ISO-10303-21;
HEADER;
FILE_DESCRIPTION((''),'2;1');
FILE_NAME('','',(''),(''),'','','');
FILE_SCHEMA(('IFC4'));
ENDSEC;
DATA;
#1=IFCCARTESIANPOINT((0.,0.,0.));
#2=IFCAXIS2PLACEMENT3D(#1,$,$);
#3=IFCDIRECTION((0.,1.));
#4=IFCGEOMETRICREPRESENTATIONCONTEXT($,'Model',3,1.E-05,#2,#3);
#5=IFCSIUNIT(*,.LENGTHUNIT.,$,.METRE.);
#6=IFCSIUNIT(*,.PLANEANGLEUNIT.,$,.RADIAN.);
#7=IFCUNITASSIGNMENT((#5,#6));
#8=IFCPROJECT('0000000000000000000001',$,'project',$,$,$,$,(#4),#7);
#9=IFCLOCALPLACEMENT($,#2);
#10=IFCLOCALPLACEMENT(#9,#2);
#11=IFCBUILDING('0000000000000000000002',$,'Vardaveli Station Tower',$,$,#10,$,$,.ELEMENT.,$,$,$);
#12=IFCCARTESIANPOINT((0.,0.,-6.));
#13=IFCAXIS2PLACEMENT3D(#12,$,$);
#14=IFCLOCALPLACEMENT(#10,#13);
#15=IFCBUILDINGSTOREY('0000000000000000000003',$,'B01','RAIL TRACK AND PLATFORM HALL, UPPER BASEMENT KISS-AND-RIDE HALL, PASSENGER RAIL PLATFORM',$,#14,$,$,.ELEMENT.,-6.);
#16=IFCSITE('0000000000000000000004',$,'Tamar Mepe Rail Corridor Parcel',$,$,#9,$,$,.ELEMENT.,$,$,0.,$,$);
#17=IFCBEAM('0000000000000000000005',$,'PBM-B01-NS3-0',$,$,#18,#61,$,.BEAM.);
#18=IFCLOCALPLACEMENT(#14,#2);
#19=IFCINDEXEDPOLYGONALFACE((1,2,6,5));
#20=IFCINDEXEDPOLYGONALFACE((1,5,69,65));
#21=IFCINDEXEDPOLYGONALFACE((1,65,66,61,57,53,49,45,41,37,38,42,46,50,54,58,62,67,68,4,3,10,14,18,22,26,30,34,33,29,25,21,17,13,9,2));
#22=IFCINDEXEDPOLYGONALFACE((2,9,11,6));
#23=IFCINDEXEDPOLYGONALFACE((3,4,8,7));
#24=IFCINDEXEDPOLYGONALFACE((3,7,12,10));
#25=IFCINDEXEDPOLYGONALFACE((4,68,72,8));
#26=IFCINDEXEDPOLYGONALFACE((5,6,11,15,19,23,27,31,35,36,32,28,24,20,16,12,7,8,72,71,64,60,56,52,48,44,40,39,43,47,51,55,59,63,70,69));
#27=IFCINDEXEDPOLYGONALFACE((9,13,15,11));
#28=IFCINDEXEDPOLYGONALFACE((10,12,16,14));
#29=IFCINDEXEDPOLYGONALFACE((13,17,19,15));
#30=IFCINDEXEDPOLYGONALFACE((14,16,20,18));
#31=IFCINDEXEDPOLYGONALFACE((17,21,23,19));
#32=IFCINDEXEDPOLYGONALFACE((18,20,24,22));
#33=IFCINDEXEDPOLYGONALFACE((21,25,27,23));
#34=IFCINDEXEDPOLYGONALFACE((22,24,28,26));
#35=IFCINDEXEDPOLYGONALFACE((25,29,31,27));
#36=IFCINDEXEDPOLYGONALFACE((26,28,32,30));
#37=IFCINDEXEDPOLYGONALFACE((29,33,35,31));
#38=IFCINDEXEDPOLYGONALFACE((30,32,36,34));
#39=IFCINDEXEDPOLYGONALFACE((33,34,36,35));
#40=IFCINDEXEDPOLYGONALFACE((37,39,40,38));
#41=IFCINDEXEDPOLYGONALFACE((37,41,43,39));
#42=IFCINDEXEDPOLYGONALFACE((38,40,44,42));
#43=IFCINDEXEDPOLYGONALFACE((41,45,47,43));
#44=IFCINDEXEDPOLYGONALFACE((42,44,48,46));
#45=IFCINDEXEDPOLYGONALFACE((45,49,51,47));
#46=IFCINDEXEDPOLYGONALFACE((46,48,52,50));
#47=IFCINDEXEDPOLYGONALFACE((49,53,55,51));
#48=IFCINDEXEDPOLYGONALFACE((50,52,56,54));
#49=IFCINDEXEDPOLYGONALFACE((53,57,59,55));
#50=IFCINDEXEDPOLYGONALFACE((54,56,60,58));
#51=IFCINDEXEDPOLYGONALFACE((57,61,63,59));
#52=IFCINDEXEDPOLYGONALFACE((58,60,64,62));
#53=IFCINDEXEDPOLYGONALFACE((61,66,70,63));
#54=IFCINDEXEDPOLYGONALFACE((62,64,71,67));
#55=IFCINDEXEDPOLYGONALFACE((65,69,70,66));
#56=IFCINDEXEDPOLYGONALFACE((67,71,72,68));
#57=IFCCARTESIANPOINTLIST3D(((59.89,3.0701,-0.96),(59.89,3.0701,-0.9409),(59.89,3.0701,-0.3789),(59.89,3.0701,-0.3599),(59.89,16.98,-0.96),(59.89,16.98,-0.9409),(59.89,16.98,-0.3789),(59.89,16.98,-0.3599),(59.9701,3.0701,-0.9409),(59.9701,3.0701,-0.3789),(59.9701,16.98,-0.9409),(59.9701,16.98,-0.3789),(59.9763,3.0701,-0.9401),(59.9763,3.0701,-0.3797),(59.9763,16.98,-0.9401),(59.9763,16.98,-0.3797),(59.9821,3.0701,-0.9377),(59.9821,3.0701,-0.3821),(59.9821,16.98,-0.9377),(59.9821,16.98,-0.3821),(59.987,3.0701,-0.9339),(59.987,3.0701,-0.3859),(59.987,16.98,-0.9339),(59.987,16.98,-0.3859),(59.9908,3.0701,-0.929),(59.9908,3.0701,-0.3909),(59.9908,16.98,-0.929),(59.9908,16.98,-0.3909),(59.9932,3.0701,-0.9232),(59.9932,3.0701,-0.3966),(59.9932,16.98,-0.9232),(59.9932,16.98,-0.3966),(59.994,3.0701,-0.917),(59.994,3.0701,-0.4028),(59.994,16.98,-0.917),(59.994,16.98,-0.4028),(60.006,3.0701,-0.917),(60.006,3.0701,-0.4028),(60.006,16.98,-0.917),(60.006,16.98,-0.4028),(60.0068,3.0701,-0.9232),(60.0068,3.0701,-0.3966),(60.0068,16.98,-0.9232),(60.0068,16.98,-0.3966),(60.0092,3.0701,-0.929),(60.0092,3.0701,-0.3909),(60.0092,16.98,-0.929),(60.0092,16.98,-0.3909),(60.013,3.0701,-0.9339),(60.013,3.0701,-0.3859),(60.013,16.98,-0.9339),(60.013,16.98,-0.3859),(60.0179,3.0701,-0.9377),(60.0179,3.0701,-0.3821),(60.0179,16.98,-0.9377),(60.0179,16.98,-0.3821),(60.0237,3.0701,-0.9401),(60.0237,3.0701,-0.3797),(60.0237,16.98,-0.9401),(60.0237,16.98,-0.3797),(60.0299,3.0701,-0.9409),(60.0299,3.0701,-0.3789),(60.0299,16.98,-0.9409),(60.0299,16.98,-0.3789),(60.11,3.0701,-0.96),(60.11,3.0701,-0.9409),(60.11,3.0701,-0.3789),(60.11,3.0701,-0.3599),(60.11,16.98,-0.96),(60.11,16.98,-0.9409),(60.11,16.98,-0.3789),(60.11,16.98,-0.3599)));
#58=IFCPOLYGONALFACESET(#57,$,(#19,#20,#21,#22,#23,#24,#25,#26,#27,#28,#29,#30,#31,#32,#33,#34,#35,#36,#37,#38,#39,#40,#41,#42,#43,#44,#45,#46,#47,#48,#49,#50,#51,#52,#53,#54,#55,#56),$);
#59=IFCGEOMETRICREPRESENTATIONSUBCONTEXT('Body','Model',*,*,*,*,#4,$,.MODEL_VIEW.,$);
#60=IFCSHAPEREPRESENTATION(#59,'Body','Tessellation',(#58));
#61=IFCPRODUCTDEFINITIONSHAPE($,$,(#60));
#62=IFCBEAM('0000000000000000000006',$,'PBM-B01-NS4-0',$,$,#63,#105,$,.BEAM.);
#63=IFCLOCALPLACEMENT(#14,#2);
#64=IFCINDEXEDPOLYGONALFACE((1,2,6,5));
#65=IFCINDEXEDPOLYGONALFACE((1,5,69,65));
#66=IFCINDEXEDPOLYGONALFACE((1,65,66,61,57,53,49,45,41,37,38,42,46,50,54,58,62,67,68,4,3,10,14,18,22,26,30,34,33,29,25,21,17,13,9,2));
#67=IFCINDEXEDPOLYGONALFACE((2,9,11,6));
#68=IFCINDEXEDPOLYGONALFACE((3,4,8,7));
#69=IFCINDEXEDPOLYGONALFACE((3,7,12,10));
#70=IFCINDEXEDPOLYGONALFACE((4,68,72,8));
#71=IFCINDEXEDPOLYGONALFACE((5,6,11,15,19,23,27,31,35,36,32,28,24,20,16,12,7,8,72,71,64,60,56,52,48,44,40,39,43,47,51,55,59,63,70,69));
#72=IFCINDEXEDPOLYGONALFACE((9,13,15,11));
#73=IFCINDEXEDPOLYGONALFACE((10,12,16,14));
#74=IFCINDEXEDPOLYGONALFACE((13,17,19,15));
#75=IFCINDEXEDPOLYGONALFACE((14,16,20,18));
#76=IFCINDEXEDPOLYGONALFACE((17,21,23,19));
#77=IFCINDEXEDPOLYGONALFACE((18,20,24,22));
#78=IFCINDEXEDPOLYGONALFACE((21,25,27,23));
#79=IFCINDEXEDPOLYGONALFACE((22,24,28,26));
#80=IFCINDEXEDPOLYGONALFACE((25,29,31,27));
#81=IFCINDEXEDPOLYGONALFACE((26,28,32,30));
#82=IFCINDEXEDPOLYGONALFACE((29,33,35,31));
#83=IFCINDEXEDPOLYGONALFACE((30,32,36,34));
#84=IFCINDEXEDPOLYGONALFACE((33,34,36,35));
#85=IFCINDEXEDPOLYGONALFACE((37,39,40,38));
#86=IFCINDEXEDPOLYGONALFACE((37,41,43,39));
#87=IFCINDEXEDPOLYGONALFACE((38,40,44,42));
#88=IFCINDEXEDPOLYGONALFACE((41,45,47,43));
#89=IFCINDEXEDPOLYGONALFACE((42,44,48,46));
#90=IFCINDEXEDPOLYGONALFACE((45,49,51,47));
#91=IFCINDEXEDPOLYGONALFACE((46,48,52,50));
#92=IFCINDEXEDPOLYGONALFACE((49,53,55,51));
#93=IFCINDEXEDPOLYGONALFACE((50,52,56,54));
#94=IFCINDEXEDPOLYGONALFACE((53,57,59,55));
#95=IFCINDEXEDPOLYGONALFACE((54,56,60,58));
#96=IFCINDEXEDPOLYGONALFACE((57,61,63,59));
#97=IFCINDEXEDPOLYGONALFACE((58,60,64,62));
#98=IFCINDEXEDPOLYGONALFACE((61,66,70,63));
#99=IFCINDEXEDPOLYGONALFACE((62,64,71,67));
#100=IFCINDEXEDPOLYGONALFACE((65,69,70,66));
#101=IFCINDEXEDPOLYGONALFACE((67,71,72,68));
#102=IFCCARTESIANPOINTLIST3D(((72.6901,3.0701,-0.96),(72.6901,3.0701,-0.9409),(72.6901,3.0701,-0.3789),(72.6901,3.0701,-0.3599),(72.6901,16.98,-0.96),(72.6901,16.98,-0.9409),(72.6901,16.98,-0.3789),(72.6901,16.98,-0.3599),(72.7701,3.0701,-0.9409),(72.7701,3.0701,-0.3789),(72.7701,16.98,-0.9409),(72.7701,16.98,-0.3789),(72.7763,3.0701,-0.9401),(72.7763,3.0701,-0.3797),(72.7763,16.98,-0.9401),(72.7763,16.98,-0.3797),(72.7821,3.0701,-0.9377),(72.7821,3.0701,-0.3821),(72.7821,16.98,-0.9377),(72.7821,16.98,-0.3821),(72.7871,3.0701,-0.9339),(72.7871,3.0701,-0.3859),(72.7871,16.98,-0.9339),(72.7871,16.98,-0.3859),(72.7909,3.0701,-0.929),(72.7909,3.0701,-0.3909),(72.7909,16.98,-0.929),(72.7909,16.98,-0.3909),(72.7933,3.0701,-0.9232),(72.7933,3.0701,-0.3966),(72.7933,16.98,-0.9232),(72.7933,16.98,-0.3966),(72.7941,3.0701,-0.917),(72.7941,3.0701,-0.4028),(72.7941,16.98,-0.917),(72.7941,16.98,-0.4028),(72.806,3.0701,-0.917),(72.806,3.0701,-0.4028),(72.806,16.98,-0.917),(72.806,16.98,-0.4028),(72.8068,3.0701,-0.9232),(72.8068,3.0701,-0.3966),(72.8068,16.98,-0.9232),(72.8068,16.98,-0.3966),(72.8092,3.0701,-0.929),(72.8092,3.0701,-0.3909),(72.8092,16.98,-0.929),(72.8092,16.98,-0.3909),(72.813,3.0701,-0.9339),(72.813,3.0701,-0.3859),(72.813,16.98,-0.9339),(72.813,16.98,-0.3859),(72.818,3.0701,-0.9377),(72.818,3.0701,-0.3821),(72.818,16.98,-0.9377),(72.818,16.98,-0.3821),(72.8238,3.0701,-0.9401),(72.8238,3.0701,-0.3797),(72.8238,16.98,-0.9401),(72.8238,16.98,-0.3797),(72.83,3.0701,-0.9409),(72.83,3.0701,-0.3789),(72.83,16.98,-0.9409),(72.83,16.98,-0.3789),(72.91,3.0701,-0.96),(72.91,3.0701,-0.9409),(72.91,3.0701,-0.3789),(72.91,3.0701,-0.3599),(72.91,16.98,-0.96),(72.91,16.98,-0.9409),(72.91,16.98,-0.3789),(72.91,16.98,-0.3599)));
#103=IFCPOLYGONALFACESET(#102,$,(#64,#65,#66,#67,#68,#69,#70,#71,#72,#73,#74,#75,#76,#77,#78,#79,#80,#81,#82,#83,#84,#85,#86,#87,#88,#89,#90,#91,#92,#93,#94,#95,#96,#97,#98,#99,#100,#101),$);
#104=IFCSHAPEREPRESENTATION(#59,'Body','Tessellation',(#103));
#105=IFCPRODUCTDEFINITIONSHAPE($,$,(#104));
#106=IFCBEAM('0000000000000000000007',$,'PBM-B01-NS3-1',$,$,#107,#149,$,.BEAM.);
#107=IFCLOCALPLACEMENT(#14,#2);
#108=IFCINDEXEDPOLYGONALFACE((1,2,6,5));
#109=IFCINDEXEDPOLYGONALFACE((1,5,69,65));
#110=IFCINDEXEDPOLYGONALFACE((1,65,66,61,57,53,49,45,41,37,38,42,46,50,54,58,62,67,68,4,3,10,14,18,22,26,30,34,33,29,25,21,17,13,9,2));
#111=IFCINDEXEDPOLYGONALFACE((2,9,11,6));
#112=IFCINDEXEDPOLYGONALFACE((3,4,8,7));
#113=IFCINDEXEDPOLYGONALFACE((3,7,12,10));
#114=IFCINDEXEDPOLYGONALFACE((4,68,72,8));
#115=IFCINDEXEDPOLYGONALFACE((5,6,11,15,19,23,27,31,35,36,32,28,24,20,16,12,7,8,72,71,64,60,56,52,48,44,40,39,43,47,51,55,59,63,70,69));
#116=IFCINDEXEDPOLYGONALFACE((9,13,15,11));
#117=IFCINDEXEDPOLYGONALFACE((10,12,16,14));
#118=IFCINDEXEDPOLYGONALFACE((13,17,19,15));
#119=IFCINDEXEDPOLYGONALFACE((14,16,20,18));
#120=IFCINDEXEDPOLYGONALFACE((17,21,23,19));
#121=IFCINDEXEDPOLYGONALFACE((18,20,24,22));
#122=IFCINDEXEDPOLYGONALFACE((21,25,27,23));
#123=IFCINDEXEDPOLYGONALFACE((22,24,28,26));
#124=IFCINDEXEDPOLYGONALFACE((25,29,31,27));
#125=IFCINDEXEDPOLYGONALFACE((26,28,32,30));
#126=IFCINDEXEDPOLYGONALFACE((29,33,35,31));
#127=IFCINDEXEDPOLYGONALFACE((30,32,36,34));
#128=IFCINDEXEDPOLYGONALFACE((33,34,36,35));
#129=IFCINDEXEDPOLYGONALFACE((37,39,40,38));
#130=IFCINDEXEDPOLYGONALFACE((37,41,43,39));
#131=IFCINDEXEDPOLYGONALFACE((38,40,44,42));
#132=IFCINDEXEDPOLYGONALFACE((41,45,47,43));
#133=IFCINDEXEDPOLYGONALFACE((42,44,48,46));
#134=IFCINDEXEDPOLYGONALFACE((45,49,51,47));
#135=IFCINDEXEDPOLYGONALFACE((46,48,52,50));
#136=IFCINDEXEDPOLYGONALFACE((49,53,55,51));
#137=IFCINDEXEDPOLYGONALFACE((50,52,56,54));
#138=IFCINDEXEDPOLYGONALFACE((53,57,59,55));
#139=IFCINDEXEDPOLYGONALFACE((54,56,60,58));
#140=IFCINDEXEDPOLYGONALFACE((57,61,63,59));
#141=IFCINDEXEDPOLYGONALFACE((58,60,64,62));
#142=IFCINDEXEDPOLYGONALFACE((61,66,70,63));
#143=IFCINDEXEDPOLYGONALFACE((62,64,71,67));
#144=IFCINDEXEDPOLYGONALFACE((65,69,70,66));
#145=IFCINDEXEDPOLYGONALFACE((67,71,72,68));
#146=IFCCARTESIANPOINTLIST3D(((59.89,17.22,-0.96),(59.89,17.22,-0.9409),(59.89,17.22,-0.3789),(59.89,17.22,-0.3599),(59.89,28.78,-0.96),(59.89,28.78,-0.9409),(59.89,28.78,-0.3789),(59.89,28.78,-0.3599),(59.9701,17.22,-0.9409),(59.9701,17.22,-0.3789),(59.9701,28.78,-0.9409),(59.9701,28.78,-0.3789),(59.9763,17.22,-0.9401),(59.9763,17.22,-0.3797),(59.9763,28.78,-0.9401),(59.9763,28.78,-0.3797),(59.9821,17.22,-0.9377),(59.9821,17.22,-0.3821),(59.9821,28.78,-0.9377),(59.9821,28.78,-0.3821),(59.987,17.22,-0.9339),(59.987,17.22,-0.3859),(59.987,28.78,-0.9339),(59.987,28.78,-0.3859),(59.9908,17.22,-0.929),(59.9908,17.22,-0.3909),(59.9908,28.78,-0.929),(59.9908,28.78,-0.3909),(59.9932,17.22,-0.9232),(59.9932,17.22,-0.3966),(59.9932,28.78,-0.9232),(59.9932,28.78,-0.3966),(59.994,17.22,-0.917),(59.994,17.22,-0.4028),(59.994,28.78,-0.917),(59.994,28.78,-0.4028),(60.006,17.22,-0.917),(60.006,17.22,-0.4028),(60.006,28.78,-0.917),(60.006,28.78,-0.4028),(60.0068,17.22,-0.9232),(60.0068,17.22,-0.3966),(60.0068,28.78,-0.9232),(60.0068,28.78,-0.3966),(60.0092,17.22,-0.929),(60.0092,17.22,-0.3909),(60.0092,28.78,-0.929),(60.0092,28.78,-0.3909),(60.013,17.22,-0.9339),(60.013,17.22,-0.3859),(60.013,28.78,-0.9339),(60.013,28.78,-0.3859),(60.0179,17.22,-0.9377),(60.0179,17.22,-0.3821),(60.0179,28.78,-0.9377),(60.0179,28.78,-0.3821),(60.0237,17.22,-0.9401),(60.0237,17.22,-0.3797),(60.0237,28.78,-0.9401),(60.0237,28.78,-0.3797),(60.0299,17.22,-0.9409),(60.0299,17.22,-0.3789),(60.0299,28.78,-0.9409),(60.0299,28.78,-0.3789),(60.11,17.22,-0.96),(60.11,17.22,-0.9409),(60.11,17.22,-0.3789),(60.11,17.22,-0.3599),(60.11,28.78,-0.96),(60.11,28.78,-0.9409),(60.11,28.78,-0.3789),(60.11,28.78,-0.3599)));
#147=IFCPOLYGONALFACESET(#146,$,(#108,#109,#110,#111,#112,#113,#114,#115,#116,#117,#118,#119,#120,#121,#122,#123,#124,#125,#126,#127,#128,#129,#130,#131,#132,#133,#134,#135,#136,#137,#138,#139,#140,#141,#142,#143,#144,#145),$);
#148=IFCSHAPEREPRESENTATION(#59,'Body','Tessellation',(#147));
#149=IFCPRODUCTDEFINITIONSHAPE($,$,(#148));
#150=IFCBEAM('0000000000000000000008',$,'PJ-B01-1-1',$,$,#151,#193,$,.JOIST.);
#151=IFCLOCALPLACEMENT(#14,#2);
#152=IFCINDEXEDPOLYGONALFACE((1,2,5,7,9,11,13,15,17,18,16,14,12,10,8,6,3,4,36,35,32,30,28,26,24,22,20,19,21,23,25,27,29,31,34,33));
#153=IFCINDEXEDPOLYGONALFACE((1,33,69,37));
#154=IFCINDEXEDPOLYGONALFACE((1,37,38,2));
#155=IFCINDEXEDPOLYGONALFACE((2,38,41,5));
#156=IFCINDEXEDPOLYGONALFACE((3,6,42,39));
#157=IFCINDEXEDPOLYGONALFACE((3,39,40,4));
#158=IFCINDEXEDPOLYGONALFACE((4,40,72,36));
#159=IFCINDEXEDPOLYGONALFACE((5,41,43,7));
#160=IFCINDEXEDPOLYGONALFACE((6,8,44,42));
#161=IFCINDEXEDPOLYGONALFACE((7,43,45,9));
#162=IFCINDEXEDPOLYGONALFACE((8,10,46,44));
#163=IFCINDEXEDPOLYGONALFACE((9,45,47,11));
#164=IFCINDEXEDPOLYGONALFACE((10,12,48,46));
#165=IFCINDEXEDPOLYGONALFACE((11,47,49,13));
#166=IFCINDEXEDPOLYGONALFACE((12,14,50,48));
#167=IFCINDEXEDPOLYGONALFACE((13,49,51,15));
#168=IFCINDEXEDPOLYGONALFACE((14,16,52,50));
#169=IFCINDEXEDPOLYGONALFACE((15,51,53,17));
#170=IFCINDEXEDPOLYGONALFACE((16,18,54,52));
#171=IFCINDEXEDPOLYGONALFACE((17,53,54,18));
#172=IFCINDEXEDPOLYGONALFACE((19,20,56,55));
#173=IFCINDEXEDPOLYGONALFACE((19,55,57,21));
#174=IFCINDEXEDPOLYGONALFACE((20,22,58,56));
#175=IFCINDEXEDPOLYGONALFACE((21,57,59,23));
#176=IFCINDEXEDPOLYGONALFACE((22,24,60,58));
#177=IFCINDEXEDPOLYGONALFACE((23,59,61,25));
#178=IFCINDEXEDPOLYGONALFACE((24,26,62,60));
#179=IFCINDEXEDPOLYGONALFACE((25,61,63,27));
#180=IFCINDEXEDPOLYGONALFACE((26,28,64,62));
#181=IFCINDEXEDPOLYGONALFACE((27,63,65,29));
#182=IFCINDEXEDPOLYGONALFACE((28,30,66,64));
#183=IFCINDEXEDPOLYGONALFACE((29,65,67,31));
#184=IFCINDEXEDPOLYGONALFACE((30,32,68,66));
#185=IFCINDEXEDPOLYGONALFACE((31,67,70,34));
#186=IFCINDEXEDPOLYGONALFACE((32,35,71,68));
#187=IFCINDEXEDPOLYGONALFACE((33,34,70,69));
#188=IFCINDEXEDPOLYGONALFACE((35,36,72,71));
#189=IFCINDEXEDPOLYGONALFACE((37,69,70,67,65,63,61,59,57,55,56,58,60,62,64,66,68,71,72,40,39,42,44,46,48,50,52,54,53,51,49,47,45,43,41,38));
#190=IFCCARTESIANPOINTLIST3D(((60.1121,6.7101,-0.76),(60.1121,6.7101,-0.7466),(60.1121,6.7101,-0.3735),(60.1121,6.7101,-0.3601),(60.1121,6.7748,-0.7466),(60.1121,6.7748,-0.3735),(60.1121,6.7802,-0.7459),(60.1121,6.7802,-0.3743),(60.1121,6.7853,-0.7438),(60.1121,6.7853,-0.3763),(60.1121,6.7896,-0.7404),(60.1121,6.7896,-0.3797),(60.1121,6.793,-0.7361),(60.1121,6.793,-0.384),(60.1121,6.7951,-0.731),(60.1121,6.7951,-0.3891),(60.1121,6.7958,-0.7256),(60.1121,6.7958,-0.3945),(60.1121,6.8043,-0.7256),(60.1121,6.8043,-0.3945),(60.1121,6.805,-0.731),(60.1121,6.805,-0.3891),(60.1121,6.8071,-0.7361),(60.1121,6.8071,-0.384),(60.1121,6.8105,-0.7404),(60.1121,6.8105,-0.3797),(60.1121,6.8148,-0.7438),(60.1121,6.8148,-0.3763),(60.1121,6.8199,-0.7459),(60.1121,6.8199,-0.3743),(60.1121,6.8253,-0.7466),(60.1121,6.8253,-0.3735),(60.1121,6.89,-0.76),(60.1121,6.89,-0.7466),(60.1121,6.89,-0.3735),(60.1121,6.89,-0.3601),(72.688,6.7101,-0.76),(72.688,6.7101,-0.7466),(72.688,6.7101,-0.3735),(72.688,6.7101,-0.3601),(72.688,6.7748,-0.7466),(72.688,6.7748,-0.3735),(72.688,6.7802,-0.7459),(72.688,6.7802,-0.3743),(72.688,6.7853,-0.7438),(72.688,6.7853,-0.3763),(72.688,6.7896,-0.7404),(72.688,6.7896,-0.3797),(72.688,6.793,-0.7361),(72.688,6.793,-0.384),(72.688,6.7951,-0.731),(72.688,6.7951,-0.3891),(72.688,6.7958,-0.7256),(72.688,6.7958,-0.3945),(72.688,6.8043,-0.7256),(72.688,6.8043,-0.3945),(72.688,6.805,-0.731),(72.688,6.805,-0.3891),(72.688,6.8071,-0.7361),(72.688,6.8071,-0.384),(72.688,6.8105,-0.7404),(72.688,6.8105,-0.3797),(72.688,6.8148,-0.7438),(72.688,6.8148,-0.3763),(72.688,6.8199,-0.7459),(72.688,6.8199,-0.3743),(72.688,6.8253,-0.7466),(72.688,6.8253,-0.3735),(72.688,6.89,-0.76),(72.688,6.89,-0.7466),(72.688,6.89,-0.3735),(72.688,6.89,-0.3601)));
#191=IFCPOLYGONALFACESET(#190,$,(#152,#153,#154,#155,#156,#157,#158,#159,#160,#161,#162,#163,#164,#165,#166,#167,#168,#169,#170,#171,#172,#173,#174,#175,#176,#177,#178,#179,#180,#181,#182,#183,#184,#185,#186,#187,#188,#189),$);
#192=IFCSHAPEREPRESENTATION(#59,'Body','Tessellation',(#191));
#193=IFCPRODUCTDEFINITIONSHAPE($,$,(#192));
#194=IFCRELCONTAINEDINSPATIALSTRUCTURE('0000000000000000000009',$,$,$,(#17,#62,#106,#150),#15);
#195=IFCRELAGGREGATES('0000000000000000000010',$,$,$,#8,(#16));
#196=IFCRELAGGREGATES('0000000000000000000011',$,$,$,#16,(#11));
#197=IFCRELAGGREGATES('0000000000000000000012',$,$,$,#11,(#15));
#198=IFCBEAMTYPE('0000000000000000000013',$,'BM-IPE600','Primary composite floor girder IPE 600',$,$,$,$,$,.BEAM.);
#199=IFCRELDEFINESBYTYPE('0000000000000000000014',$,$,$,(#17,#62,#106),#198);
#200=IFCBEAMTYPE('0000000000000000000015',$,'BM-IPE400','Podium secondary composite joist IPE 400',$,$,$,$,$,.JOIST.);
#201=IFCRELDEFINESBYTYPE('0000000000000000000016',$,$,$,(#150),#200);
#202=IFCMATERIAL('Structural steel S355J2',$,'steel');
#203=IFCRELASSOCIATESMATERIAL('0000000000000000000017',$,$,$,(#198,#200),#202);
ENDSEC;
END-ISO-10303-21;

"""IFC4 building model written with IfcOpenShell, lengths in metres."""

from ifc_helpers import new_model, si_unit, direction, frame, origin, origin_2d, place, context, subcontext, project, spatial, i_section, extrude, source, transform, mapped, material, material_profile, profile_set, type_object, element, save


model = new_model("IFC4")

# Units and contexts
model_context = context("Model", 3, precision=1e-05, world=origin(), true_north=direction((0.0, 1.0)))
body_context = subcontext(model_context, "Body", "Model", "MODEL_VIEW")
ifc_project = project(units=[si_unit("LENGTHUNIT", "METRE"), si_unit("PLANEANGLEUNIT", "RADIAN")], contexts=[model_context])

# Site, building, storey
site_placement = place(None, origin())
site = spatial("IfcSite", under=ifc_project, at=site_placement, Name="Tamar Mepe Rail Corridor Parcel", CompositionType="ELEMENT", RefElevation=0.0)
building_placement = place(site_placement, origin())
building = spatial("IfcBuilding", under=site, at=building_placement, Name="Vardaveli Station Tower", CompositionType="ELEMENT")
storey_placement = place(building_placement, frame((0.0, 0.0, -6.0)))
storey = spatial("IfcBuildingStorey", under=building, at=storey_placement, Name="B01", Description="RAIL TRACK AND PLATFORM HALL, UPPER BASEMENT KISS-AND-RIDE HALL, PASSENGER RAIL PLATFORM", CompositionType="ELEMENT", Elevation=-6.0)

# Beams
ifc_material_1 = material(Name="Structural steel S355J2", Category="steel")
ifc_material_profile_1 = material_profile(ifc_material_1, i_section(OverallWidth=0.22, OverallDepth=0.6001, WebThickness=0.012, FlangeThickness=0.019, FilletRadius=0.0239, at=origin_2d()), Name="IPE 600")
ifc_profile_set_1 = profile_set([ifc_material_profile_1], Name="Structural steel S355J2")
beam_type_1 = type_object("IfcBeamType", Name="BM-IPE600", Description="Primary composite floor girder IPE 600", PredefinedType="BEAM", material=ifc_profile_set_1)
shared_shape_1 = source(origin(), body_context, "Body", "SweptSolid", [
    extrude(i_section(OverallWidth=0.22, OverallDepth=0.6001, WebThickness=0.012, FlangeThickness=0.019, FilletRadius=0.0239, at=origin_2d()), origin(), (0.0, 0.0, 1.0), 13.9099),
])
for number, where, z_axis, x_axis, name in (
    (1, (60.0, 3.0701, -0.6599), (0.0, 1.0, 0.0), (-1.0, 0.0, 0.0), "PBM-B01-NS3-0"),
    (2, (72.8, 3.0701, -0.6599), (0.0, 1.0, 0.0), (-1.0, 0.0, 0.0), "PBM-B01-NS4-0"),
):
    element("IfcBeam", number, at=place(storey_placement, frame(where, z_axis=z_axis, x_axis=x_axis)), inside=storey, type_object=beam_type_1, Name=name, PredefinedType="BEAM", context=body_context, shape_type="MappedRepresentation", body=[
        mapped(shared_shape_1, transform((0.0, 0.0, 0.0), scale=1.0)),
    ])
shared_shape_2 = source(origin(), body_context, "Body", "SweptSolid", [
    extrude(i_section(OverallWidth=0.22, OverallDepth=0.6001, WebThickness=0.012, FlangeThickness=0.019, FilletRadius=0.0239, at=origin_2d()), origin(), (0.0, 0.0, 1.0), 11.5601),
])
beam_placement = place(storey_placement, frame((60.0, 17.22, -0.6599), z_axis=(0.0, 1.0, 0.0), x_axis=(-1.0, 0.0, 0.0)))
element("IfcBeam", 3, at=beam_placement, inside=storey, type_object=beam_type_1, Name="PBM-B01-NS3-1", PredefinedType="BEAM", context=body_context, shape_type="MappedRepresentation", body=[
    mapped(shared_shape_2, transform((0.0, 0.0, 0.0), scale=1.0)),
])
ifc_material_profile_2 = material_profile(ifc_material_1, i_section(OverallWidth=0.1799, OverallDepth=0.3999, WebThickness=0.0085, FlangeThickness=0.0134, FilletRadius=0.021, at=origin_2d()), Name="IPE 400")
ifc_profile_set_2 = profile_set([ifc_material_profile_2], Name="Structural steel S355J2")
beam_type_2 = type_object("IfcBeamType", Name="BM-IPE400", Description="Podium secondary composite joist IPE 400", PredefinedType="JOIST", material=ifc_profile_set_2)
shared_shape_3 = source(origin(), body_context, "Body", "SweptSolid", [
    extrude(i_section(OverallWidth=0.1799, OverallDepth=0.3999, WebThickness=0.0085, FlangeThickness=0.0134, FilletRadius=0.021, at=origin_2d()), origin(), (0.0, 0.0, 1.0), 12.5759),
])
for number, where, z_axis, x_axis, name in (
    (4, (60.1121, 6.8, -0.5601), (1.0, 0.0, 0.0), (0.0, 1.0, 0.0), "PJ-B01-1-1"),
):
    element("IfcBeam", number, at=place(storey_placement, frame(where, z_axis=z_axis, x_axis=x_axis)), inside=storey, type_object=beam_type_2, Name=name, PredefinedType="JOIST", context=body_context, shape_type="MappedRepresentation", body=[
        mapped(shared_shape_3, transform((0.0, 0.0, 0.0), scale=1.0)),
    ])

save(model, "model.ifc")
